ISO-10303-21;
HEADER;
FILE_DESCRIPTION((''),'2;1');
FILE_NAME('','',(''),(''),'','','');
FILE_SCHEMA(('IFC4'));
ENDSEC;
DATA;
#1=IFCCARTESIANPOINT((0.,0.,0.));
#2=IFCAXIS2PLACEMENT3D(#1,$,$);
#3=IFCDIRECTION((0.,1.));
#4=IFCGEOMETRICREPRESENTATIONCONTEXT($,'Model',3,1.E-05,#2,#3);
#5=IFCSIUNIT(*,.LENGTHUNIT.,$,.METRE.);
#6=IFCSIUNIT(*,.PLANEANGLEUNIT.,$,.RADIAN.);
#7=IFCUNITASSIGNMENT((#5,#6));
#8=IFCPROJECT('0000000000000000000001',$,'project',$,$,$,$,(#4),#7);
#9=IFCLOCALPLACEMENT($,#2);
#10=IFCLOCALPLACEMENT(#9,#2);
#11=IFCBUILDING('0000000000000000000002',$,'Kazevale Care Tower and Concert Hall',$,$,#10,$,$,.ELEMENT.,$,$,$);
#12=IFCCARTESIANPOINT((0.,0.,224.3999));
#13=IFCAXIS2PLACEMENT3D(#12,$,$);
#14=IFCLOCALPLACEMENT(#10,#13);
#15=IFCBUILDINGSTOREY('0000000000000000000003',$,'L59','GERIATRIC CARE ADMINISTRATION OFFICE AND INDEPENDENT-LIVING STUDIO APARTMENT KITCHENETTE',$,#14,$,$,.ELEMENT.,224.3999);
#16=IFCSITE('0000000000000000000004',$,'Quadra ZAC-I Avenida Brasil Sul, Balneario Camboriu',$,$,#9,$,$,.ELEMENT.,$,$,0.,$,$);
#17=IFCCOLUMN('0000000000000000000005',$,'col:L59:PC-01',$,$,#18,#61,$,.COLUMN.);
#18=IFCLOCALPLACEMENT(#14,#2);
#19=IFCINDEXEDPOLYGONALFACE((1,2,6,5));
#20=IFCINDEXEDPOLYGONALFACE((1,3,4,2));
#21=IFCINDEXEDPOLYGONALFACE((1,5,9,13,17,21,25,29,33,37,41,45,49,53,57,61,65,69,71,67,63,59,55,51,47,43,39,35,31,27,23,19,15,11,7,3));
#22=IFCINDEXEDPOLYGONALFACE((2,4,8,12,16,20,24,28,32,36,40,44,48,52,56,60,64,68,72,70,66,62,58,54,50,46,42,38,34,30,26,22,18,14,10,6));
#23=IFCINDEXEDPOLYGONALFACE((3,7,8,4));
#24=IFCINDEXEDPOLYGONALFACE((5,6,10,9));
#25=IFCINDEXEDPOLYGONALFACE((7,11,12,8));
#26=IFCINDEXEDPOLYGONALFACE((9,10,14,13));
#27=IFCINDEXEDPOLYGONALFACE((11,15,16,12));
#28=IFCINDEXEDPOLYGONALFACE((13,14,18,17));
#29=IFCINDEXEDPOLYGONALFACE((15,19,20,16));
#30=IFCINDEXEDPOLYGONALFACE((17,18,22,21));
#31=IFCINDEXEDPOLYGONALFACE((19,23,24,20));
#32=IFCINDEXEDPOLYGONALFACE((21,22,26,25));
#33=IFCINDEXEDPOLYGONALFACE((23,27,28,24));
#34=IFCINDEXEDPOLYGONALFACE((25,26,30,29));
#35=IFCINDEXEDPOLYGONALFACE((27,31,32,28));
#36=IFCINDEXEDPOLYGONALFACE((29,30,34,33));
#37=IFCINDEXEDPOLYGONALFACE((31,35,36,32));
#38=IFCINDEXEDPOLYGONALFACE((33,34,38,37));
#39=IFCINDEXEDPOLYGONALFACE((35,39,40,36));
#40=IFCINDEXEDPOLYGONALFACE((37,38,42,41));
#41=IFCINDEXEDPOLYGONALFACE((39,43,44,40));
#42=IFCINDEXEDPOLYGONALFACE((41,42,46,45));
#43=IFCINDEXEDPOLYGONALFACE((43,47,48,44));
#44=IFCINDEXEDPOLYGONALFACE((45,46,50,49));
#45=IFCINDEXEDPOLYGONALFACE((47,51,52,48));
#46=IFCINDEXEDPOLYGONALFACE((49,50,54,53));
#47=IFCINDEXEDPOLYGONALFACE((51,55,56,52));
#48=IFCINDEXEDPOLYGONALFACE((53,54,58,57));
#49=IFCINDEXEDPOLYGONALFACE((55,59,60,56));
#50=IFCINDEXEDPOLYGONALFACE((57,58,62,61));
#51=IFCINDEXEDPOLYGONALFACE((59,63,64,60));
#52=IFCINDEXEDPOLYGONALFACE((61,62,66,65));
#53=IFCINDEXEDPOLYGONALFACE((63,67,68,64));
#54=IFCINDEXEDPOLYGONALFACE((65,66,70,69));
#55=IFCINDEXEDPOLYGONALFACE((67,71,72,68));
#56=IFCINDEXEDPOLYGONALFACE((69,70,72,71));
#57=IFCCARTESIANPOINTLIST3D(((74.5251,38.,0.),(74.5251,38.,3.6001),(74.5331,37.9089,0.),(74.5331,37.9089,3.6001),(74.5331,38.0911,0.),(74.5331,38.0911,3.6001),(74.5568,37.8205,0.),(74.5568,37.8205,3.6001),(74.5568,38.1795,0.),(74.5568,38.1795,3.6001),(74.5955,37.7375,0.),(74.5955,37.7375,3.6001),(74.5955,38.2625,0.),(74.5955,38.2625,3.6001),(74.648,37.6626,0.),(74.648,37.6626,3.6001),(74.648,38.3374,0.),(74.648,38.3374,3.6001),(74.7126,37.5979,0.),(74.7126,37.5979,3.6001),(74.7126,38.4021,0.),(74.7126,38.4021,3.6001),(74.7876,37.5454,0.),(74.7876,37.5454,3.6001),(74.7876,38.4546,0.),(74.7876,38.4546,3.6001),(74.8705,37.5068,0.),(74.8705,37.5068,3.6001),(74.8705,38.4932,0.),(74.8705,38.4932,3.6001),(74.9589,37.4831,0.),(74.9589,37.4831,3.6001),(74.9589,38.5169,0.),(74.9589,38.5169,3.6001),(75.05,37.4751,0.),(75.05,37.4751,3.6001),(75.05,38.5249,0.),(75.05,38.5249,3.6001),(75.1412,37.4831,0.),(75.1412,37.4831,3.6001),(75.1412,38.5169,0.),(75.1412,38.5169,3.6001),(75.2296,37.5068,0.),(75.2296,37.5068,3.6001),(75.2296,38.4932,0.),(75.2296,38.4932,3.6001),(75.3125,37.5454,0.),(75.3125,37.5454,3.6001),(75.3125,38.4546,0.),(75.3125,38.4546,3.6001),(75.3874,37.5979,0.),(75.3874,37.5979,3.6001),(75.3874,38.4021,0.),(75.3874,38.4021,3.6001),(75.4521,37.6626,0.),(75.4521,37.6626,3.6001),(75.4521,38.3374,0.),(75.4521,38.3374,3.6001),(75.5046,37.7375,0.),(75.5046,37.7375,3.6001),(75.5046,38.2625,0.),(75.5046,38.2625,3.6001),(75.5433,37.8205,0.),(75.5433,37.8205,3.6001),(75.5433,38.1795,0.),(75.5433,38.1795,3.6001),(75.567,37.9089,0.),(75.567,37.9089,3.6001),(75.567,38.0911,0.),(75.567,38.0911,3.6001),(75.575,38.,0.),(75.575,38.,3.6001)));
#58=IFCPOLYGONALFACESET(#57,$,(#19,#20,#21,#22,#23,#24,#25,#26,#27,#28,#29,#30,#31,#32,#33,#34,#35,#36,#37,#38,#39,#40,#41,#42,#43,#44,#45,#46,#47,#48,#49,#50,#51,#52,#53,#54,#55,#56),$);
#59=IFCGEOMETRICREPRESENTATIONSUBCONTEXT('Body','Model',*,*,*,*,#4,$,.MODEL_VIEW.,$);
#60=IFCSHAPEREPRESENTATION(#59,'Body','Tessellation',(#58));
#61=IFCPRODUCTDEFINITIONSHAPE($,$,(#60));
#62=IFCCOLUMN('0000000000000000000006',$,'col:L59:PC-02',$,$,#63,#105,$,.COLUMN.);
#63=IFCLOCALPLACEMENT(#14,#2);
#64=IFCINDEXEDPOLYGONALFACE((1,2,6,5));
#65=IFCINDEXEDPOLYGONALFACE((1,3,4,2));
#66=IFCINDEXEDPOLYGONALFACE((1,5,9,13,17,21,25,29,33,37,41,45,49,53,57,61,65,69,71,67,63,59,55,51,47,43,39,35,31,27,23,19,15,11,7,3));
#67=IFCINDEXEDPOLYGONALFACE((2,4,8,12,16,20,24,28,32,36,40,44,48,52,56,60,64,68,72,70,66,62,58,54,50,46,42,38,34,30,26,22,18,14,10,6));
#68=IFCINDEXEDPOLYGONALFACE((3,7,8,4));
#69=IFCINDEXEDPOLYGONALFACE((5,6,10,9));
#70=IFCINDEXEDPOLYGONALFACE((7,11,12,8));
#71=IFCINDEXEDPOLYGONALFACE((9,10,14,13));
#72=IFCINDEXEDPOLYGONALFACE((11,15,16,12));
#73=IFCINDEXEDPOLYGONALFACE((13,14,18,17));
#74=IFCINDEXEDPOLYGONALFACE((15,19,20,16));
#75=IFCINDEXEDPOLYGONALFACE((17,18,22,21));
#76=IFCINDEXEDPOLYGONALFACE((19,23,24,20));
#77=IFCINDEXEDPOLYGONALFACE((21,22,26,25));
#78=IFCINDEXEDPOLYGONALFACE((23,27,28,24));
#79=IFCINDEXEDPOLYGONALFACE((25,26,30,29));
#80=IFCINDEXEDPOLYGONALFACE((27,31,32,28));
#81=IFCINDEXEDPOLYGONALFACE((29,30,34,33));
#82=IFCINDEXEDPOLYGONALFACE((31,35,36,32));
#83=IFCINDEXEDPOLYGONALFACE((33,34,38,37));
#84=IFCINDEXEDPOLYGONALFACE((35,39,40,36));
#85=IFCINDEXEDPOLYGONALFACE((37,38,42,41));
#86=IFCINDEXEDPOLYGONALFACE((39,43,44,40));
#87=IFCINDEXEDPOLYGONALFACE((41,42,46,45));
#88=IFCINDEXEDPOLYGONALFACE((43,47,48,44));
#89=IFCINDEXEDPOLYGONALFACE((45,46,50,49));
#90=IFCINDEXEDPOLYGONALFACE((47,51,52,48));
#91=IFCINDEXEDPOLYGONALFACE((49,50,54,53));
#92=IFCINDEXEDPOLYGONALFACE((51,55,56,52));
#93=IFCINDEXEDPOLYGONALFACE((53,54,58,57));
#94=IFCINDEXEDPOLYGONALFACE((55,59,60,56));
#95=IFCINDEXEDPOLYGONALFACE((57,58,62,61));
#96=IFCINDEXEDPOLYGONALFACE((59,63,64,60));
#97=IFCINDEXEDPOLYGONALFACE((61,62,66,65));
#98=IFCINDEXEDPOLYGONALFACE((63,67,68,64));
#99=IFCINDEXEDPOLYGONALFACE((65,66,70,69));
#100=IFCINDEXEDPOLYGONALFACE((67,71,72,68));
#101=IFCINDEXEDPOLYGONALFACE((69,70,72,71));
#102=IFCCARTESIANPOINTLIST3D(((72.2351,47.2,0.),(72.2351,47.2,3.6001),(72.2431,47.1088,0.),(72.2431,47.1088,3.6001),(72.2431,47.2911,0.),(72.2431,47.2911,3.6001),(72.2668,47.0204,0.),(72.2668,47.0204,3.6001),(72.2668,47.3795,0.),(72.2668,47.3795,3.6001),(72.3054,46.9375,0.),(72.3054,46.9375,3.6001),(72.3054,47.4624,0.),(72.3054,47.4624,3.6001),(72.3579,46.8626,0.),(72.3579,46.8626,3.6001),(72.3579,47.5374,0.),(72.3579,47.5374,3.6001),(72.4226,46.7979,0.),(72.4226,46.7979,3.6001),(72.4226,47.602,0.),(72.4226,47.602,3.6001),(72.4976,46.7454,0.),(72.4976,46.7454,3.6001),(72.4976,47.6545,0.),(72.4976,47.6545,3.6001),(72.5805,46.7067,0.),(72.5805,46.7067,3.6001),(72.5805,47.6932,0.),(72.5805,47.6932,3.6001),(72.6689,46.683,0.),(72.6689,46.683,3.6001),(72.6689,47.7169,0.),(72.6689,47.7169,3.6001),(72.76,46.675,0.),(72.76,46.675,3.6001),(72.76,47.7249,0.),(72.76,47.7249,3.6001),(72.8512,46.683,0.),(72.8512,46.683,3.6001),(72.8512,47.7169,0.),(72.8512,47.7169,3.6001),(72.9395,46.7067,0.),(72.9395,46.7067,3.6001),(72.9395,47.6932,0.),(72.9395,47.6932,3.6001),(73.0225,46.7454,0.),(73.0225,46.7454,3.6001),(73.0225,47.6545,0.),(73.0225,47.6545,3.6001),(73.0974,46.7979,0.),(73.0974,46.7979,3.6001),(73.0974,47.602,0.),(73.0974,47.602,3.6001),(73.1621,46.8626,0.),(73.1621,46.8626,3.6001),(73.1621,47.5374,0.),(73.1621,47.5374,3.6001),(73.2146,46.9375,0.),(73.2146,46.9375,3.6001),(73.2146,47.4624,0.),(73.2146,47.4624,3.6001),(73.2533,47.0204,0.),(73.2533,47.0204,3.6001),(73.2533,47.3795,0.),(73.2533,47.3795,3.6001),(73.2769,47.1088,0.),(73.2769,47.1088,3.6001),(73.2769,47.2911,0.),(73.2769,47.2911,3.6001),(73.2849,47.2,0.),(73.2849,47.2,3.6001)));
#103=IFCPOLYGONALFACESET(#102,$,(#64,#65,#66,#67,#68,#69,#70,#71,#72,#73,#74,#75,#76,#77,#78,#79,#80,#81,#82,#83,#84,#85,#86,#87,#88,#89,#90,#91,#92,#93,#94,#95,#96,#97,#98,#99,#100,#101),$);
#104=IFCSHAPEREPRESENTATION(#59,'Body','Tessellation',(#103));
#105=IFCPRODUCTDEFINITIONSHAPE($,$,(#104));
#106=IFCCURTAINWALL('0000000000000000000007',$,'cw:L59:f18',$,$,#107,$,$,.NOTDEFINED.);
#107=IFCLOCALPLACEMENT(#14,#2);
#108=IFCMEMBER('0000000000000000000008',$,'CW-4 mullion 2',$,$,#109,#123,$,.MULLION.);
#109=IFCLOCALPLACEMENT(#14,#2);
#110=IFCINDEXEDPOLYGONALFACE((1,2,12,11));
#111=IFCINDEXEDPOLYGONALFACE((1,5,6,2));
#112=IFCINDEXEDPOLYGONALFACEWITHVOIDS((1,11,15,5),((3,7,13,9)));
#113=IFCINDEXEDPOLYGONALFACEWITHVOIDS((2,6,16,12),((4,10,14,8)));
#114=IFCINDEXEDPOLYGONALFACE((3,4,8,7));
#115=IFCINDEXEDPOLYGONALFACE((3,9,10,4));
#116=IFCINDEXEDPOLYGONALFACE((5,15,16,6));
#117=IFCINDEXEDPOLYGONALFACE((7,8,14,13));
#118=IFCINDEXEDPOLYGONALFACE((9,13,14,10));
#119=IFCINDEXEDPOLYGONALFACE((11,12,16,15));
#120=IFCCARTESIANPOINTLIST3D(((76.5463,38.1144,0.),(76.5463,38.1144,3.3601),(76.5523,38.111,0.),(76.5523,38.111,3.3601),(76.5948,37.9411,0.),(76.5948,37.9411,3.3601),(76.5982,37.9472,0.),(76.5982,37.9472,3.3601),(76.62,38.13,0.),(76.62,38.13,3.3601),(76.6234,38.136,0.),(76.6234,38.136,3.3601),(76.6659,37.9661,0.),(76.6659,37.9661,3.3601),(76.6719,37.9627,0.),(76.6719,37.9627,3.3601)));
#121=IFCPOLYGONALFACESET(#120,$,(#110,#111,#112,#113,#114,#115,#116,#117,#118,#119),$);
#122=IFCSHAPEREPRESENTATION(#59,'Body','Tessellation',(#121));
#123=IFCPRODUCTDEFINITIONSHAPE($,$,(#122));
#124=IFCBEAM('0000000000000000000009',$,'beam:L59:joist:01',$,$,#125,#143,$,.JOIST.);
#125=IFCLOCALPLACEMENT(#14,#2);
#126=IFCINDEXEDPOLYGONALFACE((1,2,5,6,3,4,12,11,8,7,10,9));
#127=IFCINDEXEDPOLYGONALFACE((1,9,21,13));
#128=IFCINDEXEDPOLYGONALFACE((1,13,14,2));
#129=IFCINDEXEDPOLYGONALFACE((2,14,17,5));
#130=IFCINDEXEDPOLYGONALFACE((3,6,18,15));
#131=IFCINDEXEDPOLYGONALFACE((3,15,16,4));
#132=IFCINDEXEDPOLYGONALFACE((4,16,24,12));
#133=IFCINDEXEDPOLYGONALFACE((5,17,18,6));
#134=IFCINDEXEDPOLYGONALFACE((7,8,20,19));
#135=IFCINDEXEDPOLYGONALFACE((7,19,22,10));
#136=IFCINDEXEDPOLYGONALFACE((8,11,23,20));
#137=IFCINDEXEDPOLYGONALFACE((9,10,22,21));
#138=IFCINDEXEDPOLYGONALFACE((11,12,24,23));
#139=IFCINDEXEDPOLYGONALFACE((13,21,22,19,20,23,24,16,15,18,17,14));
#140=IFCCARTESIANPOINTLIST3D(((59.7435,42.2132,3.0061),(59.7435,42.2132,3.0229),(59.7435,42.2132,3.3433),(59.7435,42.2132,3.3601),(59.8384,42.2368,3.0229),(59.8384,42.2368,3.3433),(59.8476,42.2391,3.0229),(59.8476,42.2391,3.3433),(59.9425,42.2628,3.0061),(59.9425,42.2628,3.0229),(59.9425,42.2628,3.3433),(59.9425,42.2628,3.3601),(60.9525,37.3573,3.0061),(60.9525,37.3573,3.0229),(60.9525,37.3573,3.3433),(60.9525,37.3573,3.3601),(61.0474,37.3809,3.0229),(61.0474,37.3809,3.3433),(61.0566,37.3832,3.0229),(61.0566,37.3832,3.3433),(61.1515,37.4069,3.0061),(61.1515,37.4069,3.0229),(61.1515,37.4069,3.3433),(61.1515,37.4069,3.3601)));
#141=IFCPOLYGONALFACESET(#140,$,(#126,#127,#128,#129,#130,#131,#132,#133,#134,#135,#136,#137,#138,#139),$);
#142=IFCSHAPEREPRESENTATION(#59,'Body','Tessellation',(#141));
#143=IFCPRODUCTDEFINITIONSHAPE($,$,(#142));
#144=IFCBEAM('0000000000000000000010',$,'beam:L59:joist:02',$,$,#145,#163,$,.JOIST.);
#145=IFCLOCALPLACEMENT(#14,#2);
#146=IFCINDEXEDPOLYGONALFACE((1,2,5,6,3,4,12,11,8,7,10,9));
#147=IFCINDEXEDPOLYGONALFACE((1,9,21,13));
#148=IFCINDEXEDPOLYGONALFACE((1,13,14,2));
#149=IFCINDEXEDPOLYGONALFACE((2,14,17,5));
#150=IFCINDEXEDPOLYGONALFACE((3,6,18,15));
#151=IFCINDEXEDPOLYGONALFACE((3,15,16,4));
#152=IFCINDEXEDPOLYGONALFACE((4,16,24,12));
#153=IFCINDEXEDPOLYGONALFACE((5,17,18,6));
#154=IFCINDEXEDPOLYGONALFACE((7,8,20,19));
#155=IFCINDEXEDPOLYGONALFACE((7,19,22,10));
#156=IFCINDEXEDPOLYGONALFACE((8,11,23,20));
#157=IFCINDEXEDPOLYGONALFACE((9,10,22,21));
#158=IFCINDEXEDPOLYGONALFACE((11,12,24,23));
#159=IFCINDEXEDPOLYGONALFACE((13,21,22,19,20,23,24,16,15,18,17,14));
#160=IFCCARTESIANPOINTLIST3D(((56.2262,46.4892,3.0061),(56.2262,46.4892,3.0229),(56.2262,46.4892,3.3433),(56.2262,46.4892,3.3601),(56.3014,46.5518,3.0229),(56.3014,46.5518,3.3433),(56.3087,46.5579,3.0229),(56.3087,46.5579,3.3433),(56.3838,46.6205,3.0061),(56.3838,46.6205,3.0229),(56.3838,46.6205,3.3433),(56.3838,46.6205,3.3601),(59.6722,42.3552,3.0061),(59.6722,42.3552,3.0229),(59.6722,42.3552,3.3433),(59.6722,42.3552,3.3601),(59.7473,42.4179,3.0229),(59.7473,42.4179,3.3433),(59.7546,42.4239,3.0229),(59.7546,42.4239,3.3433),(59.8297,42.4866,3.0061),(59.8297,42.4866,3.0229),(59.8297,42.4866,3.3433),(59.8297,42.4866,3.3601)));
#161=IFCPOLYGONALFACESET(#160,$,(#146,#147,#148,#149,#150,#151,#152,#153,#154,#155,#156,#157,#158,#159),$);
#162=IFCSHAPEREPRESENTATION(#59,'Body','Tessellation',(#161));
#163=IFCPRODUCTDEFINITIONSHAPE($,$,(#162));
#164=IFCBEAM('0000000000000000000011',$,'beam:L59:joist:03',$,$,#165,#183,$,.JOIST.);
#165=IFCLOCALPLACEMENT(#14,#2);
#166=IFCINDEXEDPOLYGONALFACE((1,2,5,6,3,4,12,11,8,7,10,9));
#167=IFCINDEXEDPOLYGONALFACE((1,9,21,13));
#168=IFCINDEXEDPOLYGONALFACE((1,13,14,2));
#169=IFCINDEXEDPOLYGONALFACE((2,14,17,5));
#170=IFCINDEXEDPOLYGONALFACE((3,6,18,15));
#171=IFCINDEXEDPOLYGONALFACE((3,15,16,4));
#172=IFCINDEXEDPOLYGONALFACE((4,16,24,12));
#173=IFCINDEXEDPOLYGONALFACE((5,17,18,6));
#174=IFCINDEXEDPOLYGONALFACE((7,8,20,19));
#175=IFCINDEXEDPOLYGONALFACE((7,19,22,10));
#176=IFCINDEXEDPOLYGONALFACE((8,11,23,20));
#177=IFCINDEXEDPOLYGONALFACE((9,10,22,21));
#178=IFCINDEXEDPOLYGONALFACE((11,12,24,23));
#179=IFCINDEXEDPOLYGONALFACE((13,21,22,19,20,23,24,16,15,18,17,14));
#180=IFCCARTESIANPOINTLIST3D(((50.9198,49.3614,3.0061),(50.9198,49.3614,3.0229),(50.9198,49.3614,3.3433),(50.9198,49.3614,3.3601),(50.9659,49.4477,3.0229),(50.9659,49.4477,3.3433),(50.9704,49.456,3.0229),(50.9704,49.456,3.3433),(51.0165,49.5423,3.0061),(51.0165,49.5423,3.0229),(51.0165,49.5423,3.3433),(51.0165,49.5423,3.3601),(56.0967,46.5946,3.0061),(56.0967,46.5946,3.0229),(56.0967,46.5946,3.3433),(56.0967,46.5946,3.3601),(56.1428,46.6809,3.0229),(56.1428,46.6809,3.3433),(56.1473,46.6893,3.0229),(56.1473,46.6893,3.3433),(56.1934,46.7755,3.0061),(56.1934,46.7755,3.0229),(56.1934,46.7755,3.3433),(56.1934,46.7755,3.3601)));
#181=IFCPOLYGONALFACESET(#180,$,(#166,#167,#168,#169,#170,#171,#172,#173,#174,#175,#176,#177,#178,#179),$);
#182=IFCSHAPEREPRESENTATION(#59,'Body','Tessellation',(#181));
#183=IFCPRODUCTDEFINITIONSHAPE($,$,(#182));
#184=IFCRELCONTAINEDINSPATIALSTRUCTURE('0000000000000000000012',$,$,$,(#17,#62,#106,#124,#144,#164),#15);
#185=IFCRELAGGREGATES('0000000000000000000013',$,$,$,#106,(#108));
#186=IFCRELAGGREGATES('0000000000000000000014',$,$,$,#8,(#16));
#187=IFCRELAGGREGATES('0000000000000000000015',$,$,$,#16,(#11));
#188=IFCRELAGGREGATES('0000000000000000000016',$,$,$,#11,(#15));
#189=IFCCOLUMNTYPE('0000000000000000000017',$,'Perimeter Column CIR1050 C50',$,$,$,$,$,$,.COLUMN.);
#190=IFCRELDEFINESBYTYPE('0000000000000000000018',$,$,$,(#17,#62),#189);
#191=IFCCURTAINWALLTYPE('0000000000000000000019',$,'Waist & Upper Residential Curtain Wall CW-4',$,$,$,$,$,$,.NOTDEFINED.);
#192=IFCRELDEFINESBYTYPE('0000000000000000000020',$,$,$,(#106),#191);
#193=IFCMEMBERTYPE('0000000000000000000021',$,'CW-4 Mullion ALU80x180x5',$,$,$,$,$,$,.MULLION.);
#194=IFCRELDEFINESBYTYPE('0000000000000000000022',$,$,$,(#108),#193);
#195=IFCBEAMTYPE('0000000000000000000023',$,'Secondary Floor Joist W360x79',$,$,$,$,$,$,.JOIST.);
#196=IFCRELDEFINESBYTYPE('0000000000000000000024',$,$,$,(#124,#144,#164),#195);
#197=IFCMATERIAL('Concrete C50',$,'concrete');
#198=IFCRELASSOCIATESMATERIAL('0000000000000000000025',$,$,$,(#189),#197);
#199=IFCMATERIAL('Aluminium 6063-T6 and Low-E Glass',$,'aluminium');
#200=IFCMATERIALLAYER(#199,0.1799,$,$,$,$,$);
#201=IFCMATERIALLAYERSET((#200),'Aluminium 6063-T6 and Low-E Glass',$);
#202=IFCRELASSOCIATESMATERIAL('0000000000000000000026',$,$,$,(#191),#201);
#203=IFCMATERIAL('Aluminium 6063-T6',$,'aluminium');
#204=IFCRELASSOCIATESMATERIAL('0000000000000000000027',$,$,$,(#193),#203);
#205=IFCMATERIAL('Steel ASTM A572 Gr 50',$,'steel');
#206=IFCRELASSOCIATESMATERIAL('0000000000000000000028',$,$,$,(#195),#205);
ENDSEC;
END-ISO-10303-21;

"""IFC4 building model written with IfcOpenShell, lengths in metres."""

from ifc_helpers import new_model, si_unit, direction, frame, origin, origin_2d, place, context, subcontext, project, spatial, hollow_rectangle, circle, i_section, extrude, material, layer, layer_set, material_profile, profile_set, type_object, element, aggregate, save


model = new_model("IFC4")

# Units and contexts
model_context = context("Model", 3, precision=1e-05, world=origin(), true_north=direction((0.0, 1.0)))
body_context = subcontext(model_context, "Body", "Model", "MODEL_VIEW")
ifc_project = project(units=[si_unit("LENGTHUNIT", "METRE"), si_unit("PLANEANGLEUNIT", "RADIAN")], contexts=[model_context])

# Site, building, storey
site_placement = place(None, origin())
site = spatial("IfcSite", under=ifc_project, at=site_placement, Name="Quadra ZAC-I Avenida Brasil Sul, Balneario Camboriu", CompositionType="ELEMENT", RefElevation=0.0)
building_placement = place(site_placement, origin())
building = spatial("IfcBuilding", under=site, at=building_placement, Name="Kazevale Care Tower and Concert Hall", CompositionType="ELEMENT")
storey_placement = place(building_placement, frame((0.0, 0.0, 224.3999)))
storey = spatial("IfcBuildingStorey", under=building, at=storey_placement, Name="L59", Description="GERIATRIC CARE ADMINISTRATION OFFICE AND INDEPENDENT-LIVING STUDIO APARTMENT KITCHENETTE", CompositionType="ELEMENT", Elevation=224.3999)

# Columns
ifc_material_1 = material(Name="Concrete C50", Category="concrete")
ifc_material_profile_1 = material_profile(ifc_material_1, circle(Radius=0.5249, at=origin_2d()), Name="RC-CIR1050")
ifc_profile_set_1 = profile_set([ifc_material_profile_1], Name="Concrete C50")
column_type = type_object("IfcColumnType", Name="Perimeter Column CIR1050 C50", PredefinedType="COLUMN", material=ifc_profile_set_1)
for number, where, z_axis, x_axis, name in (
    (1, (75.05, 38.0, 0.0), (0.0, 0.0, 1.0), (1.0, 0.0, 0.0), "col:L59:PC-01"),
    (2, (72.76, 47.2, 0.0), (0.0, 0.0, 1.0), (1.0, 0.0, 0.0), "col:L59:PC-02"),
):
    element("IfcColumn", number, at=place(storey_placement, frame(where, z_axis=z_axis, x_axis=x_axis)), inside=storey, type_object=column_type, Name=name, PredefinedType="COLUMN", context=body_context, shape_type="SweptSolid", body=[
        extrude(circle(Radius=0.5249, at=origin_2d()), origin(), (0.0, 0.0, 1.0), 3.6001),
    ])

# Curtain wall, member
ifc_material_2 = material(Name="Aluminium 6063-T6 and Low-E Glass", Category="aluminium")
ifc_layer_1 = layer(ifc_material_2, 0.1799)
ifc_layer_set_1 = layer_set([ifc_layer_1], Name="Aluminium 6063-T6 and Low-E Glass")
curtain_wall_type = type_object("IfcCurtainWallType", Name="Waist & Upper Residential Curtain Wall CW-4", PredefinedType="NOTDEFINED", material=ifc_layer_set_1)
curtain_wall_placement = place(storey_placement, origin())
curtain_wall = element("IfcCurtainWall", 3, at=curtain_wall_placement, inside=storey, type_object=curtain_wall_type, Name="cw:L59:f18", PredefinedType="NOTDEFINED")
ifc_material_3 = material(Name="Aluminium 6063-T6", Category="aluminium")
ifc_material_profile_2 = material_profile(ifc_material_3, hollow_rectangle(XDim=0.0801, YDim=0.1799, WallThickness=0.0049, at=origin_2d()), Name="ALU80x180x5")
ifc_profile_set_2 = profile_set([ifc_material_profile_2], Name="Aluminium 6063-T6")
member_type = type_object("IfcMemberType", Name="CW-4 Mullion ALU80x180x5", PredefinedType="MULLION", material=ifc_profile_set_2)
member_placement = place(storey_placement, frame((76.6091, 38.0386, 0.0), z_axis=(0.0, 0.0, 1.0), x_axis=(0.962972, 0.269601, 0.0)))
member = element("IfcMember", 4, at=member_placement, type_object=member_type, Name="CW-4 mullion 2", PredefinedType="MULLION", context=body_context, shape_type="SweptSolid", body=[
    extrude(hollow_rectangle(XDim=0.0801, YDim=0.1799, WallThickness=0.0049, at=origin_2d()), origin(), (0.0, 0.0, 1.0), 3.3601),
])

# Beams
ifc_material_4 = material(Name="Steel ASTM A572 Gr 50", Category="steel")
ifc_material_profile_3 = material_profile(ifc_material_4, i_section(OverallWidth=0.2051, OverallDepth=0.354, WebThickness=0.0095, FlangeThickness=0.0168, at=origin_2d()), Name="W360x79")
ifc_profile_set_3 = profile_set([ifc_material_profile_3], Name="Steel ASTM A572 Gr 50")
beam_type_1 = type_object("IfcBeamType", Name="Secondary Floor Joist W360x79", PredefinedType="JOIST", material=ifc_profile_set_3)
beam_1_placement = place(storey_placement, frame((61.052, 37.3821, 3.1831), z_axis=(-0.241594, 0.970377, 0.0), x_axis=(-0.970377, -0.241594, 0.0)))
element("IfcBeam", 5, at=beam_1_placement, inside=storey, type_object=beam_type_1, Name="beam:L59:joist:01", PredefinedType="JOIST", context=body_context, shape_type="SweptSolid", body=[
    extrude(i_section(OverallWidth=0.2051, OverallDepth=0.354, WebThickness=0.0095, FlangeThickness=0.0168, at=origin_2d()), origin(), (0.0, 0.0, 1.0), 5.0042),
])
beam_2_placement = place(storey_placement, frame((59.751, 42.4209, 3.1831), z_axis=(-0.640296, 0.768128, 0.0), x_axis=(-0.768128, -0.640296, 0.0)))
element("IfcBeam", 6, at=beam_2_placement, inside=storey, type_object=beam_type_1, Name="beam:L59:joist:02", PredefinedType="JOIST", context=body_context, shape_type="SweptSolid", body=[
    extrude(i_section(OverallWidth=0.2051, OverallDepth=0.354, WebThickness=0.0095, FlangeThickness=0.0168, at=origin_2d()), origin(), (0.0, 0.0, 1.0), 5.3818),
])
beam_3_placement = place(storey_placement, frame((56.145, 46.6851, 3.1831), z_axis=(-0.881944, 0.471354, 0.0), x_axis=(-0.471354, -0.881944, 0.0)))
element("IfcBeam", 7, at=beam_3_placement, inside=storey, type_object=beam_type_1, Name="beam:L59:joist:03", PredefinedType="JOIST", context=body_context, shape_type="SweptSolid", body=[
    extrude(i_section(OverallWidth=0.2051, OverallDepth=0.354, WebThickness=0.0095, FlangeThickness=0.0168, at=origin_2d()), origin(), (0.0, 0.0, 1.0), 5.8699),
])

aggregate(curtain_wall, [member])

save(model, "model.ifc")
